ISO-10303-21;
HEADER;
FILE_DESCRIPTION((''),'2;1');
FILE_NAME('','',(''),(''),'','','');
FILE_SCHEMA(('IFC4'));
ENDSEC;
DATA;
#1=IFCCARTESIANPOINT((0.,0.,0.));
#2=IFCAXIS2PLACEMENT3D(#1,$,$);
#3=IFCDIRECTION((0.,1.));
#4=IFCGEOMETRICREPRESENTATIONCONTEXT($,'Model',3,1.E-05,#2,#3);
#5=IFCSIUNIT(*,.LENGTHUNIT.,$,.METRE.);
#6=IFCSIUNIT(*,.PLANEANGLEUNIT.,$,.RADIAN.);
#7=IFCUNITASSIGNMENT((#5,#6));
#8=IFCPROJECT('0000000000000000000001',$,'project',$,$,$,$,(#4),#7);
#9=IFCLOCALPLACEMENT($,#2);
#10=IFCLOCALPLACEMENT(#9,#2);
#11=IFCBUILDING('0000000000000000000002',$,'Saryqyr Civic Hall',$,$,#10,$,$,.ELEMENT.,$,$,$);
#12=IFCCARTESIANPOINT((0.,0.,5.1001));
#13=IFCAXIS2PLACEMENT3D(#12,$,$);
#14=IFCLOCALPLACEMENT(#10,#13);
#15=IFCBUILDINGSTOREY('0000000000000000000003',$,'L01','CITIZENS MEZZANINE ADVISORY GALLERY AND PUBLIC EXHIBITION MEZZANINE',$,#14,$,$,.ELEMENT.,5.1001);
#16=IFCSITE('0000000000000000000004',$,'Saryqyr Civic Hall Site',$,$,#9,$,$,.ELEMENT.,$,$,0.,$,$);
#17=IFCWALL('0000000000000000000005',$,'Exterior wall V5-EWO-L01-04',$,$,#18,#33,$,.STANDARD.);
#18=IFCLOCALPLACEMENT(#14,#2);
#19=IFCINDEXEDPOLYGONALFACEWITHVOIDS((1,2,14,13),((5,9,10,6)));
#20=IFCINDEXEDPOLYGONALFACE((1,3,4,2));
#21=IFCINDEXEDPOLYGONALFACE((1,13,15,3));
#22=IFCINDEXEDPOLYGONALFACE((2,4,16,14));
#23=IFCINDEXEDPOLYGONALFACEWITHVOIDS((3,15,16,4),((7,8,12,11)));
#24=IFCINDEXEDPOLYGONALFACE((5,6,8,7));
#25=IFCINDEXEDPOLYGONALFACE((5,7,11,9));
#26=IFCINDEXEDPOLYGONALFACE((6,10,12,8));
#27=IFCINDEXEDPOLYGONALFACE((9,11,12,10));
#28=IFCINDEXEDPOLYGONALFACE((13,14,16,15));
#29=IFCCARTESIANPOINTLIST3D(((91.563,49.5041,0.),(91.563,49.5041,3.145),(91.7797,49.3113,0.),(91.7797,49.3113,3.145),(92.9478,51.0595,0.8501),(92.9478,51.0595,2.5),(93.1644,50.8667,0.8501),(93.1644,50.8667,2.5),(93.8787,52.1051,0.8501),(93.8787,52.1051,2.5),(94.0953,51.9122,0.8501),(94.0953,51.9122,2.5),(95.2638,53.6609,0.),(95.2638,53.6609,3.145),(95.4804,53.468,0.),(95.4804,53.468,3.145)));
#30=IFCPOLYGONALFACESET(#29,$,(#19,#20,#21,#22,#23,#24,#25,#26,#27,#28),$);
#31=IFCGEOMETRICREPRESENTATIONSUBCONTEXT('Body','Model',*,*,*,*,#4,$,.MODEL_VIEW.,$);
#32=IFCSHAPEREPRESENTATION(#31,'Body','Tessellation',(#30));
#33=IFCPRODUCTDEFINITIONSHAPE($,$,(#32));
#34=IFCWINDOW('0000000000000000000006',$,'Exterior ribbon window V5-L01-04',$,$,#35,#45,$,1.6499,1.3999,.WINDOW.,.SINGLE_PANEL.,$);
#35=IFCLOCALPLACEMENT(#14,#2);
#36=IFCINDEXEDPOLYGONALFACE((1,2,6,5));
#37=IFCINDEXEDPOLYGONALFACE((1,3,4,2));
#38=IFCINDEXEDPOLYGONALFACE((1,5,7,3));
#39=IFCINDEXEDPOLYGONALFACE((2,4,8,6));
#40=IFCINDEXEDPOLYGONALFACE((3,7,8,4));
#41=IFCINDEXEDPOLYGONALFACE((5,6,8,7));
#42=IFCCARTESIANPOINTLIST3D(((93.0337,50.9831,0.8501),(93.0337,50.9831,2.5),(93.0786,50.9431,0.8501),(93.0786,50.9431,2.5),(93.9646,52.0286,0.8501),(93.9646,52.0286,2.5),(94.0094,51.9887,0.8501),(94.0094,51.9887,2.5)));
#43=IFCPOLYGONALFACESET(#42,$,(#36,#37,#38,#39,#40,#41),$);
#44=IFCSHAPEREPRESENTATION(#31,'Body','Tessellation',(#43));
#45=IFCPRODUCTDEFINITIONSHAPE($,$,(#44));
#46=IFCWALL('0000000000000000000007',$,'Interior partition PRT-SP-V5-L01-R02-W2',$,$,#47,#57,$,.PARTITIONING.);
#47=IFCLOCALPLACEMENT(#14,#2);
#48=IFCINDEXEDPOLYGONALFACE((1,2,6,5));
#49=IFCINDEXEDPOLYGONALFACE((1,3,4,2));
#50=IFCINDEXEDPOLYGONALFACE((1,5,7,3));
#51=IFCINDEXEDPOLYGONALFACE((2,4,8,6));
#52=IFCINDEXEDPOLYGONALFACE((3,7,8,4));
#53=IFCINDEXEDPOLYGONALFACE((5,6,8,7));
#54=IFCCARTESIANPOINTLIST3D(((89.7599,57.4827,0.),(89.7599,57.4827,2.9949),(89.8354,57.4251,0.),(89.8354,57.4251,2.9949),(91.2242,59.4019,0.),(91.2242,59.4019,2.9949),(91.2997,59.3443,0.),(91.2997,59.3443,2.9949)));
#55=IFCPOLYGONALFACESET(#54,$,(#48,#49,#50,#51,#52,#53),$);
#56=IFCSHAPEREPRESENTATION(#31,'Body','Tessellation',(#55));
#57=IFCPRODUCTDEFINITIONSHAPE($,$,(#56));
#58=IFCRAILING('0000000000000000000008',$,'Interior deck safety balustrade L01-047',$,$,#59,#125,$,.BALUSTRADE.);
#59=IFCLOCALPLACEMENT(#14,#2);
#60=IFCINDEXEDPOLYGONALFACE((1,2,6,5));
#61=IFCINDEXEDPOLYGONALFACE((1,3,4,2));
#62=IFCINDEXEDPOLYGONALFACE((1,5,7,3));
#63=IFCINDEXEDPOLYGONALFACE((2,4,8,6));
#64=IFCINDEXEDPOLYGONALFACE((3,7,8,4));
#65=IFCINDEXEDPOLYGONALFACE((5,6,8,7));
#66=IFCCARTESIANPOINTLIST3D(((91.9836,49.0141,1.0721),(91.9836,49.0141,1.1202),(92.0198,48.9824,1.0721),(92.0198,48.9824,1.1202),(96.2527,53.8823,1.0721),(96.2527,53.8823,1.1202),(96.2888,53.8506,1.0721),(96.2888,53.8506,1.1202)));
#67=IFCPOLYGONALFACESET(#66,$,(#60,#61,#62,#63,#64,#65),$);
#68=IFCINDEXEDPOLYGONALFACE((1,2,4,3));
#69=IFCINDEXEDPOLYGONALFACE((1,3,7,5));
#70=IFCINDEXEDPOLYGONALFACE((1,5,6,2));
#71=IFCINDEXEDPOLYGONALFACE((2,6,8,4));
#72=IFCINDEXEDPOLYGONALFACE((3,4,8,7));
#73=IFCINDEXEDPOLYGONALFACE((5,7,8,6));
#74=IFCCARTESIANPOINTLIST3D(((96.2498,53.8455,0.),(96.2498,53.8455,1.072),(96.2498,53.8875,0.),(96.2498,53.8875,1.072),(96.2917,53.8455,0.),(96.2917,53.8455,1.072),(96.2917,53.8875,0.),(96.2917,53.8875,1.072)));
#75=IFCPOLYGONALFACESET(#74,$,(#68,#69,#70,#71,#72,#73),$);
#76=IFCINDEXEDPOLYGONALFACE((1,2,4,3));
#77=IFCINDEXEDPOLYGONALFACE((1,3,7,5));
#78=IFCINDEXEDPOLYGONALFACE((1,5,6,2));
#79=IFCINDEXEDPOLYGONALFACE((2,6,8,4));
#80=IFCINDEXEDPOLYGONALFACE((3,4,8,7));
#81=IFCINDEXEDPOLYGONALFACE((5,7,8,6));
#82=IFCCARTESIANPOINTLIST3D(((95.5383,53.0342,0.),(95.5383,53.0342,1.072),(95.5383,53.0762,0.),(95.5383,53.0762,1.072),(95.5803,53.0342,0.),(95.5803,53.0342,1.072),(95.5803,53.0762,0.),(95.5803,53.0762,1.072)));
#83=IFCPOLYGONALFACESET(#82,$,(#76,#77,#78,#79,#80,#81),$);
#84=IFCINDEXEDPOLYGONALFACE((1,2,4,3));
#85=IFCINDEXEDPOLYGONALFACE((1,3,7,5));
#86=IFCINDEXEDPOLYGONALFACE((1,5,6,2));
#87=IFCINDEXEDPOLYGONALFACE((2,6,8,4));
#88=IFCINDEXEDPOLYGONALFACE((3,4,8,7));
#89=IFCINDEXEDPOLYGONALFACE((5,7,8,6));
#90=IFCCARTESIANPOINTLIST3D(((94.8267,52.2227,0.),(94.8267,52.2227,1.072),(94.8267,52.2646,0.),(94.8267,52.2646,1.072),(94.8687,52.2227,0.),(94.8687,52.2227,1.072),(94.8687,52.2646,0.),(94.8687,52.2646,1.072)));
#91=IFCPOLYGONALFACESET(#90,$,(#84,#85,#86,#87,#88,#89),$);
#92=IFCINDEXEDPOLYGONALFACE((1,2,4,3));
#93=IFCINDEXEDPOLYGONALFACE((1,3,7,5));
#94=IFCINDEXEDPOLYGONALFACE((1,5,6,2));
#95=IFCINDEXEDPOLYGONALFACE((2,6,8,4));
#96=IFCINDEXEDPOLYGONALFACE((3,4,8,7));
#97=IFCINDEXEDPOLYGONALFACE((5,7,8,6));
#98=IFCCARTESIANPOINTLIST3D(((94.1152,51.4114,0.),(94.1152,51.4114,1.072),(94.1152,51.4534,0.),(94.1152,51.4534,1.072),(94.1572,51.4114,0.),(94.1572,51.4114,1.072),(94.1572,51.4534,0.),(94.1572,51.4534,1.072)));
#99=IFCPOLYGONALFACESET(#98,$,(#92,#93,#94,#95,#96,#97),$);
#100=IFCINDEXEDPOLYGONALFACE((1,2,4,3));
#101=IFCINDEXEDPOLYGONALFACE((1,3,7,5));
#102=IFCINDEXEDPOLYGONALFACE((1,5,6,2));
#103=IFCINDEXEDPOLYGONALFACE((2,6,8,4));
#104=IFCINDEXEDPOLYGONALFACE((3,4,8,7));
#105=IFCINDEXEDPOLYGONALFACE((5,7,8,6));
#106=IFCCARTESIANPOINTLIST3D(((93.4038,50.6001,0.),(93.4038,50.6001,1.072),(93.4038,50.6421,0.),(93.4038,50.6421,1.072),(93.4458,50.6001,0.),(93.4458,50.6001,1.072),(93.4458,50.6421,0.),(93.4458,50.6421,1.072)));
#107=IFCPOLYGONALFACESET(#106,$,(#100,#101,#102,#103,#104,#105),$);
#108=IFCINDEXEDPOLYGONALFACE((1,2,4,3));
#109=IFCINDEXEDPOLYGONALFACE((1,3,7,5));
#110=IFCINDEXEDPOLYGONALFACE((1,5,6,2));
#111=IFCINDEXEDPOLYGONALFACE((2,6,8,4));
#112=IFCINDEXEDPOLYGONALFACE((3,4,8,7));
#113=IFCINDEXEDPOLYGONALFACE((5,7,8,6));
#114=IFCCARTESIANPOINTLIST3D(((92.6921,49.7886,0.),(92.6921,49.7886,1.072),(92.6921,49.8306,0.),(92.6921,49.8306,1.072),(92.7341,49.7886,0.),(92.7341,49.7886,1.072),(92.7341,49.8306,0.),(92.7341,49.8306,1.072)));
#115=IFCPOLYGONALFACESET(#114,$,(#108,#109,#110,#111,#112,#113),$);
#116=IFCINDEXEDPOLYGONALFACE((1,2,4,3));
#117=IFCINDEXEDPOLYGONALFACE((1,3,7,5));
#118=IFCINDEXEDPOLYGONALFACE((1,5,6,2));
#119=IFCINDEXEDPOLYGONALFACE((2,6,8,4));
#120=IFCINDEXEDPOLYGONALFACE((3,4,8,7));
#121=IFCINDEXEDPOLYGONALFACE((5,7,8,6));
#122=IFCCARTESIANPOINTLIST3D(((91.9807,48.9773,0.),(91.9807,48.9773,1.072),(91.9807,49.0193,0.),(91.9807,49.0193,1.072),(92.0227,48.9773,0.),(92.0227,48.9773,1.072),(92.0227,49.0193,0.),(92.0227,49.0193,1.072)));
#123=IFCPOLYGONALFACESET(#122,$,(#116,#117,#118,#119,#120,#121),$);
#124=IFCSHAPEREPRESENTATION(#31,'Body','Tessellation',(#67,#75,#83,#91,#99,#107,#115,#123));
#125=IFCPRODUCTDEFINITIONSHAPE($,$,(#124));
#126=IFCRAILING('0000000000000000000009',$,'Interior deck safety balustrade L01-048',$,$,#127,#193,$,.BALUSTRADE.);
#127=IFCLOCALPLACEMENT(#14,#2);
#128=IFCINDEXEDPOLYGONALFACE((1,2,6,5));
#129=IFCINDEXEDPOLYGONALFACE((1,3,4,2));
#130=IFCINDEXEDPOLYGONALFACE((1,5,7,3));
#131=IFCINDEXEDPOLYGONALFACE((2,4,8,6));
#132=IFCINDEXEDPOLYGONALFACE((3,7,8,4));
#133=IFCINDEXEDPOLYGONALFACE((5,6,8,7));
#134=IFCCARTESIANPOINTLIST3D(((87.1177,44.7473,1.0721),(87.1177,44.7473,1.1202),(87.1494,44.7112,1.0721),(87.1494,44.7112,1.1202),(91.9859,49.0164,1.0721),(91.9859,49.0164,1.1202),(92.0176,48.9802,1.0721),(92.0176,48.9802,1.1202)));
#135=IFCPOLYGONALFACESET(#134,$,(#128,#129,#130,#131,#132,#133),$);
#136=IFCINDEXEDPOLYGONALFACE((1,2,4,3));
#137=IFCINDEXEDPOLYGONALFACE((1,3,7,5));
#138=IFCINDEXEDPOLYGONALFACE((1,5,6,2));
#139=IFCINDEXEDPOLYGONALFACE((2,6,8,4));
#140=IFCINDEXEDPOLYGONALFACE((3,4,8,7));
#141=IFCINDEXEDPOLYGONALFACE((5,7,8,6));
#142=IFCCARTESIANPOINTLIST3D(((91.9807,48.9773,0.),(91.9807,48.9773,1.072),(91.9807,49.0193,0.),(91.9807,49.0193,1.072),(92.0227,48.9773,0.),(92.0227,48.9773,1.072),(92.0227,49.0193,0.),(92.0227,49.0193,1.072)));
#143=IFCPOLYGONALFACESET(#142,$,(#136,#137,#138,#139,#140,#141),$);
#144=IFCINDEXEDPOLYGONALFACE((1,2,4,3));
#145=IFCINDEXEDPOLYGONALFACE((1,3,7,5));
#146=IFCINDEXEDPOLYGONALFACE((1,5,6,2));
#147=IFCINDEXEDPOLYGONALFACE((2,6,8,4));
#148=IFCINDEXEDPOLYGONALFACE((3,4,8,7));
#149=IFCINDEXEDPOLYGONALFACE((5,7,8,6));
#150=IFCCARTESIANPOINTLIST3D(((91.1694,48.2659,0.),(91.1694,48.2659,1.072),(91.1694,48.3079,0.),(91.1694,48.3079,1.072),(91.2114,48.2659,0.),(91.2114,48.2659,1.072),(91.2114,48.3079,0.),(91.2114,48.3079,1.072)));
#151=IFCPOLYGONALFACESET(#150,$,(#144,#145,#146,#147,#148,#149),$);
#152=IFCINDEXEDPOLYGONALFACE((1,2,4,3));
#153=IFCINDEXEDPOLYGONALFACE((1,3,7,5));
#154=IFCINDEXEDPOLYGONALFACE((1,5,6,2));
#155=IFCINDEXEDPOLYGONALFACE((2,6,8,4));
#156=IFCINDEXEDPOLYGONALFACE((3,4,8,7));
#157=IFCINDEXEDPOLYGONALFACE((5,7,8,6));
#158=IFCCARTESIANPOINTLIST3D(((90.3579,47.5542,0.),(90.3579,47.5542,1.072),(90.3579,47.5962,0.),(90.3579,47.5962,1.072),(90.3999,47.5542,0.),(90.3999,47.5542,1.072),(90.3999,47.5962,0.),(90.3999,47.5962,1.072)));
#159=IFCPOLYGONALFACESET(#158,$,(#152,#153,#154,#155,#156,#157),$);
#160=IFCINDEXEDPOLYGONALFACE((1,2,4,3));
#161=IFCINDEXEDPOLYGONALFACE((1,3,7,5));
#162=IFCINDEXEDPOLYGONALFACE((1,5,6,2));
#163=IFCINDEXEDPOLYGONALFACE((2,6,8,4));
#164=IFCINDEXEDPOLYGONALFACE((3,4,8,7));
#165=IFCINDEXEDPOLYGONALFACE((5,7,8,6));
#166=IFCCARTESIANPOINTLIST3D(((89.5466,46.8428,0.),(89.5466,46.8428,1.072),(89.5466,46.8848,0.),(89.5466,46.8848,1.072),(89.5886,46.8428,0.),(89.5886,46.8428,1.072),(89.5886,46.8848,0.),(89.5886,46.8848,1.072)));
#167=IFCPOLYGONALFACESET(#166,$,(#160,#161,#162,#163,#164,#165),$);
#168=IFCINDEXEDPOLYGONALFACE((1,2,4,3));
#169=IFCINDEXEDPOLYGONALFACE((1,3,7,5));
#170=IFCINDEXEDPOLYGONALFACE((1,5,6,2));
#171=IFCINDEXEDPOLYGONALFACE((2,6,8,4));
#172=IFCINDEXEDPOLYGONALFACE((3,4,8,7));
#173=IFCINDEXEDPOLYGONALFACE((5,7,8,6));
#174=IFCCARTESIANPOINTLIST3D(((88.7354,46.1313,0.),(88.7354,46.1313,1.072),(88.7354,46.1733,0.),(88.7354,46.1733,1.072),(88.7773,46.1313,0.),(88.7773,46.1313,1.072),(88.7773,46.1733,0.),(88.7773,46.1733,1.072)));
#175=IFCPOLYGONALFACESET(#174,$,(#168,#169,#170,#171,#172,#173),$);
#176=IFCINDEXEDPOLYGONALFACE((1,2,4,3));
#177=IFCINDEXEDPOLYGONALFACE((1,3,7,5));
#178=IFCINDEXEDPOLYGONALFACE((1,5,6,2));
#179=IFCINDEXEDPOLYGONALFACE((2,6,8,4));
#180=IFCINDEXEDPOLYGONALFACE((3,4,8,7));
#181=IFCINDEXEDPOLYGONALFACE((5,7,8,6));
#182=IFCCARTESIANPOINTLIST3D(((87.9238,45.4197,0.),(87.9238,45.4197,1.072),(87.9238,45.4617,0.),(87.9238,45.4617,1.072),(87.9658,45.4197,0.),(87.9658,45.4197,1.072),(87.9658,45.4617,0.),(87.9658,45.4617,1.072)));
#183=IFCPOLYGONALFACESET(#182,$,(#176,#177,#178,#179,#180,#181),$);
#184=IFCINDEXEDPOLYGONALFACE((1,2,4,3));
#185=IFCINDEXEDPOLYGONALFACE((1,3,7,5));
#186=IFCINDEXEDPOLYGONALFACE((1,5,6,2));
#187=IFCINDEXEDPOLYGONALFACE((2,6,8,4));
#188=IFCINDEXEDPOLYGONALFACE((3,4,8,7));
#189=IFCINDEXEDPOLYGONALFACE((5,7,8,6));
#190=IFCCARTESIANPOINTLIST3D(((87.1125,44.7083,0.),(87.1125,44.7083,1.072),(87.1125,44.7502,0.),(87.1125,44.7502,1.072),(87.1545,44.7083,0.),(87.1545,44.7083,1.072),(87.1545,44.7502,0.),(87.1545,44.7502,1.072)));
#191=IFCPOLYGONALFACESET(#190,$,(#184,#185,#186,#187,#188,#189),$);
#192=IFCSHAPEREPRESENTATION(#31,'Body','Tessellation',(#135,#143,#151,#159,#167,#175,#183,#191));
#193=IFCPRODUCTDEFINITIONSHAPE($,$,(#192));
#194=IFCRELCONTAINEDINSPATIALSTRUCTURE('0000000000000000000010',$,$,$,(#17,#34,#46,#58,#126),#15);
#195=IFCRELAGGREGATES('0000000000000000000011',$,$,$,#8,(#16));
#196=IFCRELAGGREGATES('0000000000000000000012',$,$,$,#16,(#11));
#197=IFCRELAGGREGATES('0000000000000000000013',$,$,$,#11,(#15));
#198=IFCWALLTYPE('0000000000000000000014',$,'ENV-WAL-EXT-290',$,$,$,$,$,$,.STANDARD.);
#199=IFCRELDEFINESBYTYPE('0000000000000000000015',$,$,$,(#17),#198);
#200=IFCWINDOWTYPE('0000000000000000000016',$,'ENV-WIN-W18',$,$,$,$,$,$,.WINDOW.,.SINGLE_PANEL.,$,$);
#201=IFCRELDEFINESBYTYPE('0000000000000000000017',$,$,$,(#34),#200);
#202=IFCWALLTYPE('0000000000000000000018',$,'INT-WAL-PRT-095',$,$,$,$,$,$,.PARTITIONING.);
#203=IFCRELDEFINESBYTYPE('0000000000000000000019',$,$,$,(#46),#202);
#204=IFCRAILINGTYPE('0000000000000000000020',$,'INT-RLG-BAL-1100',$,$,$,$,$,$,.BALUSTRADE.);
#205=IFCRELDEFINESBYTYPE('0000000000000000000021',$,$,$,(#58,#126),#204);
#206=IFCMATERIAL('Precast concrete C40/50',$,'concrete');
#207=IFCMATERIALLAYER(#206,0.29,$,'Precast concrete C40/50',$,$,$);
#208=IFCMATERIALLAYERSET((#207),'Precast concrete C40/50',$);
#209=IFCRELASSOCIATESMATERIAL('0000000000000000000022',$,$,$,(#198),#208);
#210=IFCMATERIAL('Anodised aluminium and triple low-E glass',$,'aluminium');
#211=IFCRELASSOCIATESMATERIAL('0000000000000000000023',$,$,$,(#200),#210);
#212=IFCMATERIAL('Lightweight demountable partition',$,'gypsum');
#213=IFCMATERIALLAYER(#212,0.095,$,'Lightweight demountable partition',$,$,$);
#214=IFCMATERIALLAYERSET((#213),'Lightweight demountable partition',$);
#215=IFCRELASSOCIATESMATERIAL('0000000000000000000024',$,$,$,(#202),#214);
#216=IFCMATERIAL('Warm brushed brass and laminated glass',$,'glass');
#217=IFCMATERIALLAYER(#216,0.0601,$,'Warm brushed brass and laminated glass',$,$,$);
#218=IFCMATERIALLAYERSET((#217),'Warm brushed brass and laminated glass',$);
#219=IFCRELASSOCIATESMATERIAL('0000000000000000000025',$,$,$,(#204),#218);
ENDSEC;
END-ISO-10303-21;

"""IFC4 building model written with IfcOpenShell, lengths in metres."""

from ifc_helpers import new_model, si_unit, direction, frame, frame_2d, origin, origin_2d, place, context, subcontext, project, spatial, rectangle, extrude, material, layer, layer_set, type_object, element, fill, save


model = new_model("IFC4")

# Units and contexts
model_context = context("Model", 3, precision=1e-05, world=origin(), true_north=direction((0.0, 1.0)))
body_context = subcontext(model_context, "Body", "Model", "MODEL_VIEW")
ifc_project = project(units=[si_unit("LENGTHUNIT", "METRE"), si_unit("PLANEANGLEUNIT", "RADIAN")], contexts=[model_context])

# Site, building, storey
site_placement = place(None, origin())
site = spatial("IfcSite", under=ifc_project, at=site_placement, Name="Saryqyr Civic Hall Site", CompositionType="ELEMENT", RefElevation=0.0)
building_placement = place(site_placement, origin())
building = spatial("IfcBuilding", under=site, at=building_placement, Name="Saryqyr Civic Hall", CompositionType="ELEMENT")
storey_placement = place(building_placement, frame((0.0, 0.0, 5.1001)))
storey = spatial("IfcBuildingStorey", under=building, at=storey_placement, Name="L01", Description="CITIZENS MEZZANINE ADVISORY GALLERY AND PUBLIC EXHIBITION MEZZANINE", CompositionType="ELEMENT", Elevation=5.1001)

# Shared definitions
ifc_material_1 = material(Name="Anodised aluminium and triple low-E glass", Category="aluminium")

# Shared definitions
ifc_material_2 = material(Name="Precast concrete C40/50", Category="concrete")

# Wall, opening, window
ifc_layer_1 = layer(ifc_material_2, 0.29, Name="Precast concrete C40/50")
ifc_layer_set_1 = layer_set([ifc_layer_1], Name="Precast concrete C40/50")
wall_type_1 = type_object("IfcWallType", Name="ENV-WAL-EXT-290", PredefinedType="STANDARD", material=ifc_layer_set_1)
wall_1_placement = place(storey_placement, frame((95.3721, 53.5645, 0.0), z_axis=(0.0, 0.0, 1.0), x_axis=(-0.664946, -0.746891, 0.0)))
wall_1 = element("IfcWall", 1, at=wall_1_placement, inside=storey, type_object=wall_type_1, Name="Exterior wall V5-EWO-L01-04", PredefinedType="STANDARD", context=body_context, shape_type="SweptSolid", body=[
    extrude(rectangle(XDim=5.5654, YDim=0.29, at=frame_2d((2.7827, 0.0))), origin(), (0.0, 0.0, 1.0), 3.145),
])
opening_1_placement = place(wall_1_placement, frame((2.083, 0.0, 0.8501)))
opening_1 = element("IfcOpeningElement", 2, at=opening_1_placement, cuts=wall_1, PredefinedType="OPENING", context=body_context, shape_type="SweptSolid", body=[
    extrude(rectangle(XDim=1.3999, YDim=1.6499, at=frame_2d((0.7, 0.825))), frame((0.0, 0.155, 0.0), z_axis=(0.0, -1.0, 0.0), x_axis=(1.0, 0.0, 0.0)), (0.0, 0.0, 1.0), 0.3101),
])
window_type_1 = type_object("IfcWindowType", Name="ENV-WIN-W18", PartitioningType="SINGLE_PANEL", PredefinedType="WINDOW", material=ifc_material_1)
window_1_placement = place(opening_1_placement, origin())
window_1 = element("IfcWindow", 3, at=window_1_placement, inside=storey, type_object=window_type_1, Name="Exterior ribbon window V5-L01-04", OverallHeight=1.6499, OverallWidth=1.3999, PartitioningType="SINGLE_PANEL", PredefinedType="WINDOW", context=body_context, shape_type="SweptSolid", body=[
    extrude(rectangle(XDim=1.3999, YDim=1.6499, at=frame_2d((0.7, 0.825))), frame((0.0, 0.03, 0.0), z_axis=(0.0, -1.0, 0.0), x_axis=(1.0, 0.0, 0.0)), (0.0, 0.0, 1.0), 0.0601),
])
fill(opening_1, window_1)

# Wall
ifc_material_3 = material(Name="Lightweight demountable partition", Category="gypsum")
ifc_layer_2 = layer(ifc_material_3, 0.095, Name="Lightweight demountable partition")
ifc_layer_set_2 = layer_set([ifc_layer_2], Name="Lightweight demountable partition")
wall_type_2 = type_object("IfcWallType", Name="INT-WAL-PRT-095", PredefinedType="PARTITIONING", material=ifc_layer_set_2)
wall_2_placement = place(storey_placement, frame((89.7976, 57.4539, 0.0), z_axis=(0.0, 0.0, 1.0), x_axis=(0.606598, 0.795009, 0.0)))
element("IfcWall", 4, at=wall_2_placement, inside=storey, type_object=wall_type_2, Name="Interior partition PRT-SP-V5-L01-R02-W2", PredefinedType="PARTITIONING", context=body_context, shape_type="SweptSolid", body=[
    extrude(rectangle(XDim=2.4141, YDim=0.095, at=frame_2d((1.207, 0.0))), origin(), (0.0, 0.0, 1.0), 2.9949),
])

# Railings
ifc_material_4 = material(Name="Warm brushed brass and laminated glass", Category="glass")
ifc_layer_3 = layer(ifc_material_4, 0.0601, Name="Warm brushed brass and laminated glass")
ifc_layer_set_3 = layer_set([ifc_layer_3], Name="Warm brushed brass and laminated glass")
railing_type = type_object("IfcRailingType", Name="INT-RLG-BAL-1100", PredefinedType="BALUSTRADE", material=ifc_layer_set_3)
railing_1_placement = place(storey_placement, frame((96.2708, 53.8665, 0.0)))
element("IfcRailing", 5, at=railing_1_placement, inside=storey, type_object=railing_type, Name="Interior deck safety balustrade L01-047", PredefinedType="BALUSTRADE", context=body_context, shape_type="SweptSolid", body=[
    extrude(rectangle(XDim=0.0481, YDim=0.0481, at=origin_2d()), frame((0.0, 0.0, 1.0962), z_axis=(-0.659326, -0.751857, 0.0), x_axis=(0.751857, -0.659326, 0.0)), (0.0, 0.0, 1.0), 6.4749),
    extrude(rectangle(XDim=0.042, YDim=0.042, at=origin_2d()), origin(), (0.0, 0.0, 1.0), 1.072),
    extrude(rectangle(XDim=0.042, YDim=0.042, at=origin_2d()), frame((-0.7114, -0.8113, 0.0)), (0.0, 0.0, 1.0), 1.072),
    extrude(rectangle(XDim=0.042, YDim=0.042, at=origin_2d()), frame((-1.4231, -1.6228, 0.0)), (0.0, 0.0, 1.0), 1.072),
    extrude(rectangle(XDim=0.042, YDim=0.042, at=origin_2d()), frame((-2.1345, -2.4341, 0.0)), (0.0, 0.0, 1.0), 1.072),
    extrude(rectangle(XDim=0.042, YDim=0.042, at=origin_2d()), frame((-2.8459, -3.2454, 0.0)), (0.0, 0.0, 1.0), 1.072),
    extrude(rectangle(XDim=0.042, YDim=0.042, at=origin_2d()), frame((-3.5576, -4.0569, 0.0)), (0.0, 0.0, 1.0), 1.072),
    extrude(rectangle(XDim=0.042, YDim=0.042, at=origin_2d()), frame((-4.269, -4.8682, 0.0)), (0.0, 0.0, 1.0), 1.072),
])
railing_2_placement = place(storey_placement, frame((92.0017, 48.9983, 0.0)))
element("IfcRailing", 6, at=railing_2_placement, inside=storey, type_object=railing_type, Name="Interior deck safety balustrade L01-048", PredefinedType="BALUSTRADE", context=body_context, shape_type="SweptSolid", body=[
    extrude(rectangle(XDim=0.0481, YDim=0.0481, at=origin_2d()), frame((0.0, 0.0, 1.0962), z_axis=(-0.751857, -0.659326, 0.0), x_axis=(0.659326, -0.751857, 0.0)), (0.0, 0.0, 1.0), 6.4749),
    extrude(rectangle(XDim=0.042, YDim=0.042, at=origin_2d()), origin(), (0.0, 0.0, 1.0), 1.072),
    extrude(rectangle(XDim=0.042, YDim=0.042, at=origin_2d()), frame((-0.8113, -0.7114, 0.0)), (0.0, 0.0, 1.0), 1.072),
    extrude(rectangle(XDim=0.042, YDim=0.042, at=origin_2d()), frame((-1.6228, -1.4231, 0.0)), (0.0, 0.0, 1.0), 1.072),
    extrude(rectangle(XDim=0.042, YDim=0.042, at=origin_2d()), frame((-2.4341, -2.1345, 0.0)), (0.0, 0.0, 1.0), 1.072),
    extrude(rectangle(XDim=0.042, YDim=0.042, at=origin_2d()), frame((-3.2454, -2.8459, 0.0)), (0.0, 0.0, 1.0), 1.072),
    extrude(rectangle(XDim=0.042, YDim=0.042, at=origin_2d()), frame((-4.0569, -3.5576, 0.0)), (0.0, 0.0, 1.0), 1.072),
    extrude(rectangle(XDim=0.042, YDim=0.042, at=origin_2d()), frame((-4.8682, -4.269, 0.0)), (0.0, 0.0, 1.0), 1.072),
])

save(model, "model.ifc")
